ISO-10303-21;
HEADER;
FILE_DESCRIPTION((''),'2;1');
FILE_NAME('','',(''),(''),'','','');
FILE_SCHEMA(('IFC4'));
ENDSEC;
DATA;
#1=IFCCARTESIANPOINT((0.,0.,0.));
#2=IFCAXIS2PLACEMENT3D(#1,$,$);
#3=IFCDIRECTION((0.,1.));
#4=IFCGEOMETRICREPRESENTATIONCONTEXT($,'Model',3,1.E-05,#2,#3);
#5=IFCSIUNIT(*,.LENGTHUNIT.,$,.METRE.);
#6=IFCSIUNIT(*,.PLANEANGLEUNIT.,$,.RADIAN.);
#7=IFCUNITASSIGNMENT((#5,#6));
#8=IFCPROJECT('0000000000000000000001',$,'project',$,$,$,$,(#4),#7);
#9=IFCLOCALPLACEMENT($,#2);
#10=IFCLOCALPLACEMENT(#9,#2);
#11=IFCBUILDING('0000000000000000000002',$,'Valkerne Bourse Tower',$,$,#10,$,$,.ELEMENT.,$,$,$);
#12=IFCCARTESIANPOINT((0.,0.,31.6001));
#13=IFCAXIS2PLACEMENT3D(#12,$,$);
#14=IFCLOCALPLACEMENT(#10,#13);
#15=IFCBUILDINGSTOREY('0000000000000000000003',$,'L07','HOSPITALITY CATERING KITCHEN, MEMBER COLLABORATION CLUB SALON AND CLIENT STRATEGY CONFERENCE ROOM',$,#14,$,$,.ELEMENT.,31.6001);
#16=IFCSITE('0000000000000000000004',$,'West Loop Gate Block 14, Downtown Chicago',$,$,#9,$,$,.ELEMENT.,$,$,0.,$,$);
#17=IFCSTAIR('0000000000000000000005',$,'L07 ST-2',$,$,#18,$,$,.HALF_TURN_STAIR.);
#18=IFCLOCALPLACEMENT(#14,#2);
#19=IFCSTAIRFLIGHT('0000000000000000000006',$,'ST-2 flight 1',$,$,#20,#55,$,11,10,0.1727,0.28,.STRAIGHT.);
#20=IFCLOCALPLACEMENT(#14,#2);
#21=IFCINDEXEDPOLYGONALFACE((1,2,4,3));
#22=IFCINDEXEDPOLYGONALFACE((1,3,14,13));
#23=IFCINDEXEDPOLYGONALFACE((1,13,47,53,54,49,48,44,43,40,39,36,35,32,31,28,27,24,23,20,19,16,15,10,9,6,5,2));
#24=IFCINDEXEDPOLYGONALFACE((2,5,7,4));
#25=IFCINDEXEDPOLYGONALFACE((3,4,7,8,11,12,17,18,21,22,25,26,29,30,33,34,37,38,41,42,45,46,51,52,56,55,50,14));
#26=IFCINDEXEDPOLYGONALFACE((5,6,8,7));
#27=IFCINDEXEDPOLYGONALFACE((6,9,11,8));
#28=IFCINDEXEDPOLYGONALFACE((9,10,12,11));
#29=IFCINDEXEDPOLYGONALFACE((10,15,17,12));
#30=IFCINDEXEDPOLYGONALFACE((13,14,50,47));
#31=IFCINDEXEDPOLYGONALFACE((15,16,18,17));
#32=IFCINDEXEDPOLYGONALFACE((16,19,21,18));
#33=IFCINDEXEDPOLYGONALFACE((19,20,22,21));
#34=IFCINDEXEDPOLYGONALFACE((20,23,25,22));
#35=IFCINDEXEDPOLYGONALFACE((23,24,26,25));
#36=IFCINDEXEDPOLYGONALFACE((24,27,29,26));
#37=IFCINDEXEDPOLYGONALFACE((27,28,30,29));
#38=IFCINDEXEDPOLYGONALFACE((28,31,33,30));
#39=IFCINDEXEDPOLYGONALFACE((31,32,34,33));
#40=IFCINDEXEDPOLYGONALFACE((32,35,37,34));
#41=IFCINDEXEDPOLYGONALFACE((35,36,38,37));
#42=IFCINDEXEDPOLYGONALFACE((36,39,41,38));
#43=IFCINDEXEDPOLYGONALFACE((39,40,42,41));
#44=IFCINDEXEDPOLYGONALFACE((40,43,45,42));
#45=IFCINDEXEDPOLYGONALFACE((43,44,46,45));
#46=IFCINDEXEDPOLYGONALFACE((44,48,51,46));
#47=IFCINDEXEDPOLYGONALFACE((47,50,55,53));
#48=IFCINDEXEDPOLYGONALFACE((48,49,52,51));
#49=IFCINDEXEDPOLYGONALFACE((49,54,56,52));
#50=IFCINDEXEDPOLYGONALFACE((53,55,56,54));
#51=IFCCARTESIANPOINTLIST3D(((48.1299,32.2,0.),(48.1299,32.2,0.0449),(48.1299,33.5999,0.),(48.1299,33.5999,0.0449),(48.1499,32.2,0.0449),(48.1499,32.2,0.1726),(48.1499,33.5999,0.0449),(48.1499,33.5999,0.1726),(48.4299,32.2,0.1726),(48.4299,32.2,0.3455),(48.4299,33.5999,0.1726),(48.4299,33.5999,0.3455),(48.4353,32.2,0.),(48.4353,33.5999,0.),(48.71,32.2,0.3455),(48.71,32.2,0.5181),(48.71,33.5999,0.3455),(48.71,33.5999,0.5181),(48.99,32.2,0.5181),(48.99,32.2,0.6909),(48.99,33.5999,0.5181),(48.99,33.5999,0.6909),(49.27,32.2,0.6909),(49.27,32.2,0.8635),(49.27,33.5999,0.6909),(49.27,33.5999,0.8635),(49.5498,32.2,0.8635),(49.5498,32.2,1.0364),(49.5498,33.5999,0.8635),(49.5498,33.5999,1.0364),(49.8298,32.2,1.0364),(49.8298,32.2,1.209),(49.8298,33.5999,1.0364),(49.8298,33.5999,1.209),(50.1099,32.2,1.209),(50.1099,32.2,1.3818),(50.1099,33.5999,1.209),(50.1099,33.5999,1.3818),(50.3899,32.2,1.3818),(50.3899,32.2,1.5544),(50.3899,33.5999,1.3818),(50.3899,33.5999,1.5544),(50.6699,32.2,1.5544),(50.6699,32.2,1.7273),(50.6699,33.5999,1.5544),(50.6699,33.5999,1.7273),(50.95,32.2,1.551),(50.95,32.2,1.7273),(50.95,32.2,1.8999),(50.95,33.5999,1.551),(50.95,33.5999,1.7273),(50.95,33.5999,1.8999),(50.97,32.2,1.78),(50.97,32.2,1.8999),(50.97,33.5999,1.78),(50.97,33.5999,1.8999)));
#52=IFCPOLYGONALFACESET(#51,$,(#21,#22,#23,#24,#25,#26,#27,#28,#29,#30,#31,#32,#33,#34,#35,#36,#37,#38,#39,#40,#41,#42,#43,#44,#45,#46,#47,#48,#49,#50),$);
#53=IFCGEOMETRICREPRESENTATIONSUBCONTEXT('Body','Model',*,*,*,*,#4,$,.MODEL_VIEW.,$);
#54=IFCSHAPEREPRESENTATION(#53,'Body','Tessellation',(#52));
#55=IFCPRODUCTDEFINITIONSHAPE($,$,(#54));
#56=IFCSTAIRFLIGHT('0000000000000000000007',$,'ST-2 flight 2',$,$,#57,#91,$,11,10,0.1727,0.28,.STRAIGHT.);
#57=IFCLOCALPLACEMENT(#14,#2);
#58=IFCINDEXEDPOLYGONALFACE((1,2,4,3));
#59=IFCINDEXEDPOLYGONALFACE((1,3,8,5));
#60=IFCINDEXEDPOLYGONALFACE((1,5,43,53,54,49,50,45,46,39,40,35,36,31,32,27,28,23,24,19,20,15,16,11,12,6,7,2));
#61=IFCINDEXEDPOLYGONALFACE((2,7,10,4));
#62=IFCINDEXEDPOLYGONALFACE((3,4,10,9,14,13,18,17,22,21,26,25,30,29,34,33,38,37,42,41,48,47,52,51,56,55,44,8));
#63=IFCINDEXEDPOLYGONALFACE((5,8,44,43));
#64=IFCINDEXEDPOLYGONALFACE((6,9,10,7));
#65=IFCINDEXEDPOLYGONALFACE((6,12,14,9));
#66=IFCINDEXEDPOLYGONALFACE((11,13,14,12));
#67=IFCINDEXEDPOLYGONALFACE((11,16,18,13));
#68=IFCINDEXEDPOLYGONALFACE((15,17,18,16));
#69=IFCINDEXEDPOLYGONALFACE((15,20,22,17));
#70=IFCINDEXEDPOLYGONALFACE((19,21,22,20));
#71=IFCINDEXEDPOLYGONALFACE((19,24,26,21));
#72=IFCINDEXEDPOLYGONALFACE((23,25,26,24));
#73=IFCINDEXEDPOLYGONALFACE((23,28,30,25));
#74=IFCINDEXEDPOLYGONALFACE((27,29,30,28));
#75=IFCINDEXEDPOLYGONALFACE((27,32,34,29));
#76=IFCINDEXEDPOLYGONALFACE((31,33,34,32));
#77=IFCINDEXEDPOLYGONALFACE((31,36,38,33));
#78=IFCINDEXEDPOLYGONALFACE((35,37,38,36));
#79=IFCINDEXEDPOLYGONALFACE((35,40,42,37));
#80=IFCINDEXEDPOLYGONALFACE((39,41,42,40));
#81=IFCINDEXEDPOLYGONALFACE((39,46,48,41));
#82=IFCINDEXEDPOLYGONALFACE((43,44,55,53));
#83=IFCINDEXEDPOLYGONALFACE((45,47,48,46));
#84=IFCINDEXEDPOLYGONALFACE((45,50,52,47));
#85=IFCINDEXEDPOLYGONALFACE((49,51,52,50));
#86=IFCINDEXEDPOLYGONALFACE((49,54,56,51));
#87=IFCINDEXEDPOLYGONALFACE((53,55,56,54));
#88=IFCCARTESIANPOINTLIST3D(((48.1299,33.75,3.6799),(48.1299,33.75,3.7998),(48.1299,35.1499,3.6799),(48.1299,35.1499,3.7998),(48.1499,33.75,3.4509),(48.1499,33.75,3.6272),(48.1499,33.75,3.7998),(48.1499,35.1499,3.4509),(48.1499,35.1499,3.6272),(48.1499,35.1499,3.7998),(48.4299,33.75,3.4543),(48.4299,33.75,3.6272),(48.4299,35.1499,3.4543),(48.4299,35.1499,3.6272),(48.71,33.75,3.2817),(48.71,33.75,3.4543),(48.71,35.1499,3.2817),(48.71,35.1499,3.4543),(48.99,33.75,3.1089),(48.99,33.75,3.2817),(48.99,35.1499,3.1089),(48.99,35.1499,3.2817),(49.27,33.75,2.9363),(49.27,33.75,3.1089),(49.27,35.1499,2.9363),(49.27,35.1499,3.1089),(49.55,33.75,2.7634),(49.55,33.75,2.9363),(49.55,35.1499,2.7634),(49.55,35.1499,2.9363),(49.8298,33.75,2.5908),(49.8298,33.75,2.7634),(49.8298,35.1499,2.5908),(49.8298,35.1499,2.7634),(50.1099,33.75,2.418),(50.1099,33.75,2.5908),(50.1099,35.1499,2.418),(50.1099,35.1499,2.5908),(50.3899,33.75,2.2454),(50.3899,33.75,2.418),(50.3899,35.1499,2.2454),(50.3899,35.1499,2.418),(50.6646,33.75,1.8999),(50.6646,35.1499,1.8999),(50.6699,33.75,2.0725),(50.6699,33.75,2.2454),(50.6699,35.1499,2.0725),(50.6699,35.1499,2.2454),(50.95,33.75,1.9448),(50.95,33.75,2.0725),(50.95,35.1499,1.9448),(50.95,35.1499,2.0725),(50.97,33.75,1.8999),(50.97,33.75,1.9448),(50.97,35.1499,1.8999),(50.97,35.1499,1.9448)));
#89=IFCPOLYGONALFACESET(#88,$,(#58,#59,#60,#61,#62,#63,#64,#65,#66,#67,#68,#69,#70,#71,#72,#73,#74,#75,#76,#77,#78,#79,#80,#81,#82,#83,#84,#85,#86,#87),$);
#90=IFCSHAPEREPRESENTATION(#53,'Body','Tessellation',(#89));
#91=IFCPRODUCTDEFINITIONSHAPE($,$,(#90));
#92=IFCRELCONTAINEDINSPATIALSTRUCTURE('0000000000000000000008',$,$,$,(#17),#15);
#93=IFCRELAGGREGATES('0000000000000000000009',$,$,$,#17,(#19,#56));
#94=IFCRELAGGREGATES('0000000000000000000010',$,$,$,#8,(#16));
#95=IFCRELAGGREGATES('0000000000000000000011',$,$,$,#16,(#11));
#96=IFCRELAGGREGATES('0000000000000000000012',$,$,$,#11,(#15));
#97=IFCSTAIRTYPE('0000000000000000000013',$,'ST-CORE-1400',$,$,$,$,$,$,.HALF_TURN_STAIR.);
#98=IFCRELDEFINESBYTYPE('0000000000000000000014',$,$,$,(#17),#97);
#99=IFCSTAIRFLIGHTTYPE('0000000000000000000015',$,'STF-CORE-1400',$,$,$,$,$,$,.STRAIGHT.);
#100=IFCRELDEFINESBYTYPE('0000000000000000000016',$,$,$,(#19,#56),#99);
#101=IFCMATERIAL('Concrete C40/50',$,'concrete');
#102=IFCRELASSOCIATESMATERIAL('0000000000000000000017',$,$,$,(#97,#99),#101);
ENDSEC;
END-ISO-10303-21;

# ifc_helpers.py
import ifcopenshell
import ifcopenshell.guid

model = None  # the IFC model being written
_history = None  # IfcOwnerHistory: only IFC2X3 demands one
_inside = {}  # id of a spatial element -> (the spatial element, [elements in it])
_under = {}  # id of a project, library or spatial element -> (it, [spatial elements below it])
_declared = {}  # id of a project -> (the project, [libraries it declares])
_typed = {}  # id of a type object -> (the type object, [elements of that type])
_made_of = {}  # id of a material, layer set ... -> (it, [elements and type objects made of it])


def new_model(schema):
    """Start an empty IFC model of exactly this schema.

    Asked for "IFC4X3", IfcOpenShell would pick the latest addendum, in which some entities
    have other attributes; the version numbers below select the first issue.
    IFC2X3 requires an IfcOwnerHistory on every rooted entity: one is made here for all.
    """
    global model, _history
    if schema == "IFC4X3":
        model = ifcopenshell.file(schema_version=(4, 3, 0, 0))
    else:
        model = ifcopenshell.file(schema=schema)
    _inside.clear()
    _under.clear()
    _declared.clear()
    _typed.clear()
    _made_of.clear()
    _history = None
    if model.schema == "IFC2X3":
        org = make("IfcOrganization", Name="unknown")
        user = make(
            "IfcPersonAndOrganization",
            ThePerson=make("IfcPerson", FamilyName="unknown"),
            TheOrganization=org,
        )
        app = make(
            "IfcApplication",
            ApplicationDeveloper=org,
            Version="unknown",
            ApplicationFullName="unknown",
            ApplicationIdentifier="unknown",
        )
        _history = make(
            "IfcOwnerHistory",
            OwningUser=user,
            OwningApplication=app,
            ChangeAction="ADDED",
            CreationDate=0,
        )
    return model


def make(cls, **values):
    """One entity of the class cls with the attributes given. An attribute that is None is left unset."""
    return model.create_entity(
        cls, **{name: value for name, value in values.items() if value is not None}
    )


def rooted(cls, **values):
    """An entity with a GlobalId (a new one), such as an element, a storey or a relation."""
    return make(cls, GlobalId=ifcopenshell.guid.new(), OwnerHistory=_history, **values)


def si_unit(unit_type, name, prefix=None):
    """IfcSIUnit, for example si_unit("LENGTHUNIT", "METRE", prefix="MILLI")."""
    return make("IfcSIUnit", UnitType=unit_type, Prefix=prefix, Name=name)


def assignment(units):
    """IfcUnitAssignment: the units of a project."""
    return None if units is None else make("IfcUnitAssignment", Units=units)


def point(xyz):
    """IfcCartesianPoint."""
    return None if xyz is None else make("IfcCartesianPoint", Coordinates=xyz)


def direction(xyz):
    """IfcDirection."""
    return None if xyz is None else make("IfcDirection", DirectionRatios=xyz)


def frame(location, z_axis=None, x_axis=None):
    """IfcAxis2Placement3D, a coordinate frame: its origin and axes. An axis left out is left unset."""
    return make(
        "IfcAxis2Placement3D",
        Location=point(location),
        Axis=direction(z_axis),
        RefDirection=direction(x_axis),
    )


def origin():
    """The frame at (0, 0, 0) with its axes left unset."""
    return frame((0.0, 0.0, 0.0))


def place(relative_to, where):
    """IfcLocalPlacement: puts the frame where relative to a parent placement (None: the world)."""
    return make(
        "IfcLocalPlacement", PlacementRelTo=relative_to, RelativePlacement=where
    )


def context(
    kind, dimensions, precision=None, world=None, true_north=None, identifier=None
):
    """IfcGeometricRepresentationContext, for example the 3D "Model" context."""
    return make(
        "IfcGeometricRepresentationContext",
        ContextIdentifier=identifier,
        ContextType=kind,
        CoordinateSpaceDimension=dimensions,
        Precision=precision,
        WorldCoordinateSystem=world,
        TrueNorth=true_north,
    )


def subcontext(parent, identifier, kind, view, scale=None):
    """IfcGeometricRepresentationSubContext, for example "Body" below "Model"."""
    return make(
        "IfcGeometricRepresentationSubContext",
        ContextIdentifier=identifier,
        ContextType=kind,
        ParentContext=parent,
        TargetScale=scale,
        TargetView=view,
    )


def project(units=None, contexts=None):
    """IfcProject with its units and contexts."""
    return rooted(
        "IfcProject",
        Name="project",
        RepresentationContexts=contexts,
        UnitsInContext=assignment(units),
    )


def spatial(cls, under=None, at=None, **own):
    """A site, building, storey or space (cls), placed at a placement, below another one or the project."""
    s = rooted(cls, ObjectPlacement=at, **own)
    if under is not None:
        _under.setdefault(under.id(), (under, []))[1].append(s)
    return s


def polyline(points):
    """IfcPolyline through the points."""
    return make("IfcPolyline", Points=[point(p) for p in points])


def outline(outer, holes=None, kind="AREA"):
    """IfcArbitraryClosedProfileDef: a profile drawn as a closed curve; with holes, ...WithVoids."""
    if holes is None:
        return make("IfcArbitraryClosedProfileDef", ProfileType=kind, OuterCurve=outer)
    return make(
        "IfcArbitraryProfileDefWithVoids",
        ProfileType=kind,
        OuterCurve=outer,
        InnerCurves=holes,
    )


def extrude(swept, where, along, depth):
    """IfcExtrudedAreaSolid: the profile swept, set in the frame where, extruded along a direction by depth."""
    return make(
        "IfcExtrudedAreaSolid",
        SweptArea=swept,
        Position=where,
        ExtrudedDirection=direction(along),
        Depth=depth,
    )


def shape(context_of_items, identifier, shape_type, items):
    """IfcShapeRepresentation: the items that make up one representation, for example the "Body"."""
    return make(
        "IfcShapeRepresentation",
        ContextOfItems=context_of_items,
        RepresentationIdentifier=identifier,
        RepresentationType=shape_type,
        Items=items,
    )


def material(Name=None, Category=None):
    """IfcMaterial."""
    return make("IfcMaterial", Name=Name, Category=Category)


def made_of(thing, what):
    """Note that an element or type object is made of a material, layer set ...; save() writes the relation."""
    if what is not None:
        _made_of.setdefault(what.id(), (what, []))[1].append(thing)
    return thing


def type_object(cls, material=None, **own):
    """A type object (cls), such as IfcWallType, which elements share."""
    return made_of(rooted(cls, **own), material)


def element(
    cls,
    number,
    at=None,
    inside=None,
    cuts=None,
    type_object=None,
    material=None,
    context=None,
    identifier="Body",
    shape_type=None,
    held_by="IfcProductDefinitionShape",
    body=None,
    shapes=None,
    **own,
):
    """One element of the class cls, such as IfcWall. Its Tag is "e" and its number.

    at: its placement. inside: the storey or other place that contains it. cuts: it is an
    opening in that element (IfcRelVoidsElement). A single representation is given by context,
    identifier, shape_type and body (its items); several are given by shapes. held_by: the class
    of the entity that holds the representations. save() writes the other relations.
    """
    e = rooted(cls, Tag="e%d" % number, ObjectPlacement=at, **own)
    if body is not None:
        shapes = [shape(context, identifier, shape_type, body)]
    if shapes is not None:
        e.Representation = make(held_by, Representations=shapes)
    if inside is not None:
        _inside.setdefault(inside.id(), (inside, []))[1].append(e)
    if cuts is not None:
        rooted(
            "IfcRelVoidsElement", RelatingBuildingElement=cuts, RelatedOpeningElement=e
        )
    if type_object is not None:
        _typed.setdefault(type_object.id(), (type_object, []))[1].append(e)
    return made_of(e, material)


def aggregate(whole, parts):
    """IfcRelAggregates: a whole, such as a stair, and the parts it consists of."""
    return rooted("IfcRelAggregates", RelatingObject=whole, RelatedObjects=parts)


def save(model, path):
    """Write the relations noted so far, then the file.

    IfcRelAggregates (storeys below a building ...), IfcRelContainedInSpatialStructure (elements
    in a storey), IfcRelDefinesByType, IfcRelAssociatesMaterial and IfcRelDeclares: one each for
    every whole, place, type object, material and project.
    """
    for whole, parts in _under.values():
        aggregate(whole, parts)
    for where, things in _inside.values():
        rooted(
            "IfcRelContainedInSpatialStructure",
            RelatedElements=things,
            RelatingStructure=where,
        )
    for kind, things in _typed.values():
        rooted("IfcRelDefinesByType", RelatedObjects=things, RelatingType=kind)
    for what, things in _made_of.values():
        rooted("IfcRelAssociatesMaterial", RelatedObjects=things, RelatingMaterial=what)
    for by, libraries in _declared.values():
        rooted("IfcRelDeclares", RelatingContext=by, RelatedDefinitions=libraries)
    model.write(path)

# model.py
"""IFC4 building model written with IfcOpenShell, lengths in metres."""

from ifc_helpers import new_model, si_unit, direction, frame, origin, place, context, subcontext, project, spatial, polyline, outline, extrude, material, type_object, element, aggregate, save


model = new_model("IFC4")

# Units and contexts
model_context = context("Model", 3, precision=1e-05, world=origin(), true_north=direction((0.0, 1.0)))
body_context = subcontext(model_context, "Body", "Model", "MODEL_VIEW")
ifc_project = project(units=[si_unit("LENGTHUNIT", "METRE"), si_unit("PLANEANGLEUNIT", "RADIAN")], contexts=[model_context])

# Site, building, storey
site_placement = place(None, origin())
site = spatial("IfcSite", under=ifc_project, at=site_placement, Name="West Loop Gate Block 14, Downtown Chicago", CompositionType="ELEMENT", RefElevation=0.0)
building_placement = place(site_placement, origin())
building = spatial("IfcBuilding", under=site, at=building_placement, Name="Valkerne Bourse Tower", CompositionType="ELEMENT")
storey_placement = place(building_placement, frame((0.0, 0.0, 31.6001)))
storey = spatial("IfcBuildingStorey", under=building, at=storey_placement, Name="L07", Description="HOSPITALITY CATERING KITCHEN, MEMBER COLLABORATION CLUB SALON AND CLIENT STRATEGY CONFERENCE ROOM", CompositionType="ELEMENT", Elevation=31.6001)

# Shared definitions
ifc_material_1 = material(Name="Concrete C40/50", Category="concrete")

# Stair, stair flights
stair_type = type_object("IfcStairType", Name="ST-CORE-1400", PredefinedType="HALF_TURN_STAIR", material=ifc_material_1)
stair_placement = place(storey_placement, origin())
stair = element("IfcStair", 1, at=stair_placement, inside=storey, type_object=stair_type, Name="L07 ST-2", PredefinedType="HALF_TURN_STAIR")
stair_flight_type = type_object("IfcStairFlightType", Name="STF-CORE-1400", PredefinedType="STRAIGHT", material=ifc_material_1)
stair_flight_1_placement = place(storey_placement, frame((48.1499, 32.8999, 0.0), z_axis=(0.0, 0.0, 1.0), x_axis=(1.0, 0.0, 0.0)))
stair_flight_1 = element("IfcStairFlight", 2, at=stair_flight_1_placement, type_object=stair_flight_type, Name="ST-2 flight 1", NumberOfRisers=11, NumberOfTreads=10, PredefinedType="STRAIGHT", RiserHeight=0.1727, TreadLength=0.28, context=body_context, shape_type="SweptSolid", body=[
    extrude(outline(polyline([(-0.02, 0.0), (-0.02, 0.0449), (0.0, 0.0449), (0.0, 0.1726), (0.28, 0.1726), (0.28, 0.3455), (0.5601, 0.3455), (0.5601, 0.5181), (0.8401, 0.5181), (0.8401, 0.6909), (1.1201, 0.6909), (1.1201, 0.8635), (1.3999, 0.8635), (1.3999, 1.0364), (1.6799, 1.0364), (1.6799, 1.209), (1.96, 1.209), (1.96, 1.3818), (2.24, 1.3818), (2.24, 1.5544), (2.52, 1.5544), (2.52, 1.7273), (2.8, 1.7273), (2.8, 1.8999), (2.8201, 1.8999), (2.8201, 1.78), (2.8, 1.551), (0.2854, 0.0), (-0.02, 0.0)])), frame((0.0, 0.7, 0.0), z_axis=(0.0, -1.0, 0.0), x_axis=(1.0, 0.0, 0.0)), (0.0, 0.0, 1.0), 1.3999),
])
stair_flight_2_placement = place(storey_placement, frame((50.95, 34.45, 1.8999), z_axis=(0.0, 0.0, 1.0), x_axis=(-1.0, 0.0, 0.0)))
stair_flight_2 = element("IfcStairFlight", 3, at=stair_flight_2_placement, type_object=stair_flight_type, Name="ST-2 flight 2", NumberOfRisers=11, NumberOfTreads=10, PredefinedType="STRAIGHT", RiserHeight=0.1727, TreadLength=0.28, context=body_context, shape_type="SweptSolid", body=[
    extrude(outline(polyline([(-0.02, 0.0), (-0.02, 0.0449), (0.0, 0.0449), (0.0, 0.1726), (0.28, 0.1726), (0.28, 0.3455), (0.5601, 0.3455), (0.5601, 0.5181), (0.8401, 0.5181), (0.8401, 0.6909), (1.1201, 0.6909), (1.1201, 0.8635), (1.3999, 0.8635), (1.3999, 1.0364), (1.6799, 1.0364), (1.6799, 1.209), (1.96, 1.209), (1.96, 1.3818), (2.24, 1.3818), (2.24, 1.5544), (2.52, 1.5544), (2.52, 1.7273), (2.8, 1.7273), (2.8, 1.8999), (2.8201, 1.8999), (2.8201, 1.78), (2.8, 1.551), (0.2854, 0.0), (-0.02, 0.0)])), frame((0.0, 0.7, 0.0), z_axis=(0.0, -1.0, 0.0), x_axis=(1.0, 0.0, 0.0)), (0.0, 0.0, 1.0), 1.3999),
])
aggregate(stair, [stair_flight_1, stair_flight_2])

save(model, "model.ifc")
